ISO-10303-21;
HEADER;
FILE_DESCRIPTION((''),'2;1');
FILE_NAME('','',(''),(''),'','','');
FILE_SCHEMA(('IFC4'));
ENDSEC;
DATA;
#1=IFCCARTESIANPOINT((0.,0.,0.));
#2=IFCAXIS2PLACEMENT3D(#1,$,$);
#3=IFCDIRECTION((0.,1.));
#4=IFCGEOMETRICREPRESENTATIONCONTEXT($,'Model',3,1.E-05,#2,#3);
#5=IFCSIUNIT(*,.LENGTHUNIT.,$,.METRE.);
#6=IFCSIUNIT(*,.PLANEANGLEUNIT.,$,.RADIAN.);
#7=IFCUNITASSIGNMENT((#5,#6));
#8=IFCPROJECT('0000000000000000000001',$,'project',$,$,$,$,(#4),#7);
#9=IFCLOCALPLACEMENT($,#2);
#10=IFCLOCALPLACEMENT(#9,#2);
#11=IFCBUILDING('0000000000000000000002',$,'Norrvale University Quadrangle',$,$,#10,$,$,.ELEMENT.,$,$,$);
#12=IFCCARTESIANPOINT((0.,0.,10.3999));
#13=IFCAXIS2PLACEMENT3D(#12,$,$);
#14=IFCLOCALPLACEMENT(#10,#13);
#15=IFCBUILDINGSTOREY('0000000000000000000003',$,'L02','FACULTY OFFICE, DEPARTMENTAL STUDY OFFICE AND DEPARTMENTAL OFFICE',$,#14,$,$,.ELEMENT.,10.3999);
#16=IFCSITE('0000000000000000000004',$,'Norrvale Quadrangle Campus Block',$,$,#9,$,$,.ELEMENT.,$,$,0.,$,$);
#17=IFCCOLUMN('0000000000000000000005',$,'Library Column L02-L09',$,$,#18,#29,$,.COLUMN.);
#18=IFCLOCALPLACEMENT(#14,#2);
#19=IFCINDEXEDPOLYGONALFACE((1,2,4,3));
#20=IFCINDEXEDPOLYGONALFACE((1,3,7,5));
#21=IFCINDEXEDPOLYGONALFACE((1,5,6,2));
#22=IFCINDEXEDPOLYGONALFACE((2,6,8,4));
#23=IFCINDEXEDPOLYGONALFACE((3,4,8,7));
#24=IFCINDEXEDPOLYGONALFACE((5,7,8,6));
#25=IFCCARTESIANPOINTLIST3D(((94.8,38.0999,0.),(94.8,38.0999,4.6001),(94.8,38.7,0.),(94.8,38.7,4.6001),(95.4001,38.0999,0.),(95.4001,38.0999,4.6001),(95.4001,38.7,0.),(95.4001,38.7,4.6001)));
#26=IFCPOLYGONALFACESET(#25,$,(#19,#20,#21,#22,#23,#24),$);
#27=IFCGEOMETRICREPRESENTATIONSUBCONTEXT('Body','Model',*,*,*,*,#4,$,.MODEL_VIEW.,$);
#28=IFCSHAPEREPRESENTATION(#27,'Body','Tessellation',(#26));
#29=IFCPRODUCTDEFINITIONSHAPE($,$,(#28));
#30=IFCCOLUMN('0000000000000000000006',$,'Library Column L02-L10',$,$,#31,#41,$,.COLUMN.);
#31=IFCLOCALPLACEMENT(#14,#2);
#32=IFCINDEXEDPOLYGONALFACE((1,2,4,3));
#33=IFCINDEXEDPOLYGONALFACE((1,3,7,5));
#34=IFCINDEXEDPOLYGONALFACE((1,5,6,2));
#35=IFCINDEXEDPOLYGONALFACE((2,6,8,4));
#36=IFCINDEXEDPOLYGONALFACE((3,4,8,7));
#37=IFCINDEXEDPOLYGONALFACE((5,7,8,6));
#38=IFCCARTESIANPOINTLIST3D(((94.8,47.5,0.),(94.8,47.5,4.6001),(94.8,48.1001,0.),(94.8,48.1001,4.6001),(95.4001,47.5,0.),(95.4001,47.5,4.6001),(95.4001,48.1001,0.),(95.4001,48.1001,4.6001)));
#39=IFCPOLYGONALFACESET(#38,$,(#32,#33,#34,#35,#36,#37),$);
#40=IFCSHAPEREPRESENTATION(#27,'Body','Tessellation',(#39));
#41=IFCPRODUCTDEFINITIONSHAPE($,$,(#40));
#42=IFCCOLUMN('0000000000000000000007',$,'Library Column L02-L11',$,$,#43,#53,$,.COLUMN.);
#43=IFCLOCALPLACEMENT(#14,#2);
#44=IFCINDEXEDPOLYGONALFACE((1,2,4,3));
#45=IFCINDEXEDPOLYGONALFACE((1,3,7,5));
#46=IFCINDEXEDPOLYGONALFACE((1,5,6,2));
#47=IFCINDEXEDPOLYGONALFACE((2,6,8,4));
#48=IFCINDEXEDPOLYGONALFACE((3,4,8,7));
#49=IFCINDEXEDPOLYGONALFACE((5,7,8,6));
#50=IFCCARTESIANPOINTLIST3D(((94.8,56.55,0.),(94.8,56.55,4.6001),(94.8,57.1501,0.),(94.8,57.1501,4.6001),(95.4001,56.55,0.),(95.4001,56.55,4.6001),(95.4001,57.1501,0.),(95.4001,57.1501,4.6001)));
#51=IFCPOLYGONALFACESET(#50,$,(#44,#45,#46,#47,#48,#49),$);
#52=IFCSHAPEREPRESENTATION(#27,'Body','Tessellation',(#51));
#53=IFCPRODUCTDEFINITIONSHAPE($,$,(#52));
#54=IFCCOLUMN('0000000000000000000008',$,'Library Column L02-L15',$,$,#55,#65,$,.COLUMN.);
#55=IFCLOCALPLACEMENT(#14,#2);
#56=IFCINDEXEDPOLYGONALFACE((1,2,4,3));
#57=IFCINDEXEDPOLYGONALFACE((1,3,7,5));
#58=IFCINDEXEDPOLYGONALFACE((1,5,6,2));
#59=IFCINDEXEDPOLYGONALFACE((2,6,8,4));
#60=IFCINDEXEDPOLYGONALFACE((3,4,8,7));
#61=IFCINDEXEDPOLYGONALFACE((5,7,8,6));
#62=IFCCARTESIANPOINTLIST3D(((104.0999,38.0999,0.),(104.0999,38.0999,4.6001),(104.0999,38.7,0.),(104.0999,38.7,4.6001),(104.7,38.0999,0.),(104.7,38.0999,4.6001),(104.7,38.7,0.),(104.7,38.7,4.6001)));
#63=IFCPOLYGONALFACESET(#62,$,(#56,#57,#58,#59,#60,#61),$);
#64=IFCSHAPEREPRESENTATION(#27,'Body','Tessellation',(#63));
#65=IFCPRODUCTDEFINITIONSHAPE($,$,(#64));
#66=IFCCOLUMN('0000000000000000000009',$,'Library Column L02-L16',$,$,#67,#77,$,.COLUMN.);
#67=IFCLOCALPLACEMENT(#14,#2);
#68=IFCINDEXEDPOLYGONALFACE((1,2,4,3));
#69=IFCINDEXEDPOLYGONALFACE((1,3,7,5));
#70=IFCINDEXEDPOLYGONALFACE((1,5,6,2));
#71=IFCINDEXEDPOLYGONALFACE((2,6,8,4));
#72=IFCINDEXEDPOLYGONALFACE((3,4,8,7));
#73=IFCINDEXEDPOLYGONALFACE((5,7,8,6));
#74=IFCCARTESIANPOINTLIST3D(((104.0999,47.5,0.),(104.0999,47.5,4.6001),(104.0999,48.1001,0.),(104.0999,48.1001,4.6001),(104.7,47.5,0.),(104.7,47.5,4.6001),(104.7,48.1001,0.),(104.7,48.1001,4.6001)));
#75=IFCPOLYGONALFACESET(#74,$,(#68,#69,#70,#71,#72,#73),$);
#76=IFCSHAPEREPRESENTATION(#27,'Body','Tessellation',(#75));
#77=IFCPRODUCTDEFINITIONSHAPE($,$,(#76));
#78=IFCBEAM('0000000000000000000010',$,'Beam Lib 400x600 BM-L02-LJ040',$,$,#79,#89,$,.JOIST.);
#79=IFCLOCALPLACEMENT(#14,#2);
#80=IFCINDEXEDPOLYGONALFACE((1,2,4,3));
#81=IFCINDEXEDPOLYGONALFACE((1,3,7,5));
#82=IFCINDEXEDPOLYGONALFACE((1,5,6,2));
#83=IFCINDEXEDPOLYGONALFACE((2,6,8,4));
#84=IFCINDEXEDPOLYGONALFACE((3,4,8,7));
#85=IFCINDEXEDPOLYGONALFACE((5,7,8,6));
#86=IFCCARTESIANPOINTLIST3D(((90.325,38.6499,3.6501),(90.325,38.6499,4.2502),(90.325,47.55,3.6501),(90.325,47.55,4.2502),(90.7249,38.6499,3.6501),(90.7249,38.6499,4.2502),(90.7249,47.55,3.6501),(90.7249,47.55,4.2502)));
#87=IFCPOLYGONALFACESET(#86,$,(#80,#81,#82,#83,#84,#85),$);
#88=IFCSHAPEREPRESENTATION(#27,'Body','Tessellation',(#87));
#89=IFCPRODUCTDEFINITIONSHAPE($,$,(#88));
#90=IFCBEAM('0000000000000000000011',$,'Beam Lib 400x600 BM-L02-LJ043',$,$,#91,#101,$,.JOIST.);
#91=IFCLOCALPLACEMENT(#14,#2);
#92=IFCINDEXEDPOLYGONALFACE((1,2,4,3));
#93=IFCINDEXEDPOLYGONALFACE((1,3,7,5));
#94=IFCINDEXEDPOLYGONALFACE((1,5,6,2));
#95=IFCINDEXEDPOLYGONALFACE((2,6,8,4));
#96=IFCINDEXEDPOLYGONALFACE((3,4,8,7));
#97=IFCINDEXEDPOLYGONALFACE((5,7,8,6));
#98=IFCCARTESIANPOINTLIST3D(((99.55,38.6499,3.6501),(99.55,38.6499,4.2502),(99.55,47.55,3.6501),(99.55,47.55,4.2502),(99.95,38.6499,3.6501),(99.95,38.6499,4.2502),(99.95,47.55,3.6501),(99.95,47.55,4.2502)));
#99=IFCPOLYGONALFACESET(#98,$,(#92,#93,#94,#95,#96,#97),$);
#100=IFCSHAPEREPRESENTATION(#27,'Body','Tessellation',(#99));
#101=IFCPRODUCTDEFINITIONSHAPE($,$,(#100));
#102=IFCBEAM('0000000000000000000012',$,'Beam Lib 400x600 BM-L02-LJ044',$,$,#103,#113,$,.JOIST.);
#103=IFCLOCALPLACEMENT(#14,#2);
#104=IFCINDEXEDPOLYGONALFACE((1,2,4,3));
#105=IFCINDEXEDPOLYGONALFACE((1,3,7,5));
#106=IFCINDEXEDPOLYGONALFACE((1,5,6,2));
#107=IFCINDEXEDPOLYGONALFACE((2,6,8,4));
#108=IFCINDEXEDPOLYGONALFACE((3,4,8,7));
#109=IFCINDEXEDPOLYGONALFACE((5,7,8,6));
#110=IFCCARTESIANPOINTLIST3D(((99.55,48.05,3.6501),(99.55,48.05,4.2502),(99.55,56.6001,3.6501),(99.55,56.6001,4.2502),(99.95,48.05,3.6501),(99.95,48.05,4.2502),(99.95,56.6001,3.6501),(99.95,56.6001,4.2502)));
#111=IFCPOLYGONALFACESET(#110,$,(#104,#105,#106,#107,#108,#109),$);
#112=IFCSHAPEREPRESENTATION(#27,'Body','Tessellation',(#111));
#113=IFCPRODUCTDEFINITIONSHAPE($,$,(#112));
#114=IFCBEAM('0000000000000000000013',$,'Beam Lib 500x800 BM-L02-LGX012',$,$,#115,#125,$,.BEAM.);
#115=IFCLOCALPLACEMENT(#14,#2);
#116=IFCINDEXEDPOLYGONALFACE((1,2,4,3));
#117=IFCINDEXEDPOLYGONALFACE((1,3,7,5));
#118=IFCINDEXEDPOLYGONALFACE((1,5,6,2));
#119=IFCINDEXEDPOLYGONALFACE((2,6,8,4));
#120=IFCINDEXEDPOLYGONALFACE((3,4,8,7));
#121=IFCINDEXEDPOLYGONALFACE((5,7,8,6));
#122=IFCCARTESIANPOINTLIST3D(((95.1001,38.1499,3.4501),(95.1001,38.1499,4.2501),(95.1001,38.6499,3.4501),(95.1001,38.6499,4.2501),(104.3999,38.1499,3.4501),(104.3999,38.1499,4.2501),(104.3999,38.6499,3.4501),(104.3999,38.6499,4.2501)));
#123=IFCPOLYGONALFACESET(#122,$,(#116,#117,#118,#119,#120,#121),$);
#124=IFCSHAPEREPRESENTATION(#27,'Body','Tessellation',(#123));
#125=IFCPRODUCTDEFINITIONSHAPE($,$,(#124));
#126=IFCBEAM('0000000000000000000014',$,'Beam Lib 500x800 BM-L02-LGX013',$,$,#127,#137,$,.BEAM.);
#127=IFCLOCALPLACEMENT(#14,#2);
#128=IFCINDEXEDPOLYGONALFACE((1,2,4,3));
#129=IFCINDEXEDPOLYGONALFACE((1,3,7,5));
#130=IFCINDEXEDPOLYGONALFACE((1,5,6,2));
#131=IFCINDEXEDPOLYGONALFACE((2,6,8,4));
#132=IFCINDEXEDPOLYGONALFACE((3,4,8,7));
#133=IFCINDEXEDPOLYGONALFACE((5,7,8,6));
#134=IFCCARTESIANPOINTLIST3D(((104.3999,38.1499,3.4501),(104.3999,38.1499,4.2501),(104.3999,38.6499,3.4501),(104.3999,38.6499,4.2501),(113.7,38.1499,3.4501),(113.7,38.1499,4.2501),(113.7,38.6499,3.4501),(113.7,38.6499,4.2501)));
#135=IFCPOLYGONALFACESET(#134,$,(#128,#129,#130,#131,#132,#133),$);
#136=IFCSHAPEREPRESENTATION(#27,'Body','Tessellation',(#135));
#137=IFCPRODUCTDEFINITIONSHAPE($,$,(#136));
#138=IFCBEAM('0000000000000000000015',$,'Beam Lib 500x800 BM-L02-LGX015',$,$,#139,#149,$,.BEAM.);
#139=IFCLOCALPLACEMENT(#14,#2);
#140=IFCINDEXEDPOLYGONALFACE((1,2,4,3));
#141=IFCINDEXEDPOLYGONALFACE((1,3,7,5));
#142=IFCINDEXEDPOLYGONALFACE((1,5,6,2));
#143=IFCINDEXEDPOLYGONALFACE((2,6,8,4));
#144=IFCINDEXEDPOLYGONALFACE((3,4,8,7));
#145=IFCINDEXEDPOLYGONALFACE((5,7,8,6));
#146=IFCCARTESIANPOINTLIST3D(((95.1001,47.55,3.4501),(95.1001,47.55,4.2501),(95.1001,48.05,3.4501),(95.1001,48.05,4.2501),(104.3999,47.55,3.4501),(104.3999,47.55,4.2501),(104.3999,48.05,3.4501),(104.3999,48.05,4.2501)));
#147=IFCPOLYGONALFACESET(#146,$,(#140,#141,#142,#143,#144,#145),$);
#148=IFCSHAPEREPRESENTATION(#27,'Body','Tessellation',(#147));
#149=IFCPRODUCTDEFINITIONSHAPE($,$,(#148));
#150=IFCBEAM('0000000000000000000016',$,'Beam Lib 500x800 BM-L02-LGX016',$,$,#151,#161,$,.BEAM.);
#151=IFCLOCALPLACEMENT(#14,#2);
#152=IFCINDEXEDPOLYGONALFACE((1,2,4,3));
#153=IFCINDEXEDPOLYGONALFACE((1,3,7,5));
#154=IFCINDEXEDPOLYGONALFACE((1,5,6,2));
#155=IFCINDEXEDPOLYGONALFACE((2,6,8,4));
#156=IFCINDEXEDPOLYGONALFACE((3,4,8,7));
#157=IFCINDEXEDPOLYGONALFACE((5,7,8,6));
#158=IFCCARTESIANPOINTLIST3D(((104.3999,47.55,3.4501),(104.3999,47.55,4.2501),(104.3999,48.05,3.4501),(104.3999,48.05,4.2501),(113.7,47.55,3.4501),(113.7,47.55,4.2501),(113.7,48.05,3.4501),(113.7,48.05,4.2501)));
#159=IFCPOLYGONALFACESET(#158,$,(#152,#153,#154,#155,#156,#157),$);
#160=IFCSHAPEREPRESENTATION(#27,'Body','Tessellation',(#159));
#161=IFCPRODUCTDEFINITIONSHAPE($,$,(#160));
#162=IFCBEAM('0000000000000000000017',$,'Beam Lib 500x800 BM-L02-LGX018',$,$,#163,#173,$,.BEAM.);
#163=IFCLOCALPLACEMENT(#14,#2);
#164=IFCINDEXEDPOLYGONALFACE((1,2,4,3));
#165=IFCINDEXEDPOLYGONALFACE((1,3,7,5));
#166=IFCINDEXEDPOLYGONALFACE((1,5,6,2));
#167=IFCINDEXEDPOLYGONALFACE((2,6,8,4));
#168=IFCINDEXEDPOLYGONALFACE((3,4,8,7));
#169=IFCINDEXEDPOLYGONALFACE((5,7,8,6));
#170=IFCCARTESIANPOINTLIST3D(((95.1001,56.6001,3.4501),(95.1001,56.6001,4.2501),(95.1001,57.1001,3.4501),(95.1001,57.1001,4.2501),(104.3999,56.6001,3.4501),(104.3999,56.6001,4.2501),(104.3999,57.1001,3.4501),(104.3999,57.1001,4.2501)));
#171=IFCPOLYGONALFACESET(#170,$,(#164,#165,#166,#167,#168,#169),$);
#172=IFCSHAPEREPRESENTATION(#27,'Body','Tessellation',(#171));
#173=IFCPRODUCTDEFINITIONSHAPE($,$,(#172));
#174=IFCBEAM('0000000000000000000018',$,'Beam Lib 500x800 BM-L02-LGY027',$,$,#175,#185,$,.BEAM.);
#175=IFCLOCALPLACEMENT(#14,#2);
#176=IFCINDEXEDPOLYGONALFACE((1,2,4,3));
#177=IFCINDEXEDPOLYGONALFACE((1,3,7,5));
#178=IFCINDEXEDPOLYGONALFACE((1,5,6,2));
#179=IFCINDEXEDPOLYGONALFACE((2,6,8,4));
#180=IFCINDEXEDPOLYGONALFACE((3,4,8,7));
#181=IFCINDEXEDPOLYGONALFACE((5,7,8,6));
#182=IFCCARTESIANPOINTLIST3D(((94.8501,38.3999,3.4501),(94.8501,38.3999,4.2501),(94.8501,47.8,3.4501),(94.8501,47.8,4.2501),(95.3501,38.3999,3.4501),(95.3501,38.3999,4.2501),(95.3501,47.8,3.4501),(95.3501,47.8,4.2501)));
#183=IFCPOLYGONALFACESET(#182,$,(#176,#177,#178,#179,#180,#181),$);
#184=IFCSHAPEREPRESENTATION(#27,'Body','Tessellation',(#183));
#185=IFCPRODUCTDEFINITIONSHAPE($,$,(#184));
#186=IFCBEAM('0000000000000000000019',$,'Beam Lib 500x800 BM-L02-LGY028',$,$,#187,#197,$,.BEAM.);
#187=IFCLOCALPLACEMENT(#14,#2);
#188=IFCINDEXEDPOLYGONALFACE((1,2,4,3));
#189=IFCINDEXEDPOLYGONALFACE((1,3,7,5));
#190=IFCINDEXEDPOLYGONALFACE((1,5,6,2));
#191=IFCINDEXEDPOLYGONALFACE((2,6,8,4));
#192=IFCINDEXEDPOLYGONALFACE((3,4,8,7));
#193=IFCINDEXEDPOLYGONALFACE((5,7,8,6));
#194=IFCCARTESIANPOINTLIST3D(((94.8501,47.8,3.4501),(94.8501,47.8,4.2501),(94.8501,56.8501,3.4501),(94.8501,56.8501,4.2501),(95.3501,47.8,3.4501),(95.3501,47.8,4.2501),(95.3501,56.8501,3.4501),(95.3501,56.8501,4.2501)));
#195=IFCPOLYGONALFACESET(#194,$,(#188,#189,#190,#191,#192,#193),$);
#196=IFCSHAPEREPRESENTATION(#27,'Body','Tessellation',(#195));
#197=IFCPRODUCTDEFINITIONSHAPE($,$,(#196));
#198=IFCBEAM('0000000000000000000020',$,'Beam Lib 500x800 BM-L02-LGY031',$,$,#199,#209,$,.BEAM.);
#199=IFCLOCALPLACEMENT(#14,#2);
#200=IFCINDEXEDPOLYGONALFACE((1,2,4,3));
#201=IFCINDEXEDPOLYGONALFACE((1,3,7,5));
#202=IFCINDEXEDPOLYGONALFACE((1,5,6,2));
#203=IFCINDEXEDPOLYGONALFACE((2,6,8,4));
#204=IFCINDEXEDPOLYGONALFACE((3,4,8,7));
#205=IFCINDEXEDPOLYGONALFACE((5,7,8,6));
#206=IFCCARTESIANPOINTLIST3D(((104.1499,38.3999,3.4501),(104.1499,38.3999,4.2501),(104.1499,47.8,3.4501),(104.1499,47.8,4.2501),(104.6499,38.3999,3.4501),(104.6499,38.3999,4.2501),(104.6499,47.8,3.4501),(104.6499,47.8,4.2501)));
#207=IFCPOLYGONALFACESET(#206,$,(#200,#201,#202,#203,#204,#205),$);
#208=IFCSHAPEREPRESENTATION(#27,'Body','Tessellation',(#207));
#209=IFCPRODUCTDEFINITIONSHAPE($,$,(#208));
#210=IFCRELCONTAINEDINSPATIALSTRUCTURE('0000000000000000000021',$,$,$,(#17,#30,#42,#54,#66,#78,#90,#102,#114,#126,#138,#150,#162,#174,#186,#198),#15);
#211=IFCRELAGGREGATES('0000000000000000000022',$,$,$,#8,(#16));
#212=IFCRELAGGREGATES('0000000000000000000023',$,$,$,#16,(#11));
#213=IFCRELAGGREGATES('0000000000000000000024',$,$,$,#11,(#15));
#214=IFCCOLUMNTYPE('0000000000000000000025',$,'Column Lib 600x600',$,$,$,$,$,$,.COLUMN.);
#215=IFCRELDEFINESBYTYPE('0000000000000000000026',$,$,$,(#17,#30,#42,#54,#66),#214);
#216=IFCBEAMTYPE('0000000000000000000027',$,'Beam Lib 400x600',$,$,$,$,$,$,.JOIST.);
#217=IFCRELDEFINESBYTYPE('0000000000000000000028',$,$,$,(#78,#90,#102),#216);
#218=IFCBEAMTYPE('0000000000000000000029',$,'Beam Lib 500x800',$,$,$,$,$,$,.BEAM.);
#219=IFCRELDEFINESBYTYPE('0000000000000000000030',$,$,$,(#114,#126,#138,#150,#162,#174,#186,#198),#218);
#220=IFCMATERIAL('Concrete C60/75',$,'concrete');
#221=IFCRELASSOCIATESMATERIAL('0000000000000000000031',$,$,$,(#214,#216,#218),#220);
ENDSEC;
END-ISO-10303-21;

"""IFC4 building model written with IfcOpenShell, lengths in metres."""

from ifc_helpers import new_model, si_unit, direction, frame, origin, origin_2d, place, context, subcontext, project, spatial, rectangle, extrude, material, material_profile, profile_set, type_object, element, save


model = new_model("IFC4")

# Units and contexts
model_context = context("Model", 3, precision=1e-05, world=origin(), true_north=direction((0.0, 1.0)))
body_context = subcontext(model_context, "Body", "Model", "MODEL_VIEW")
ifc_project = project(units=[si_unit("LENGTHUNIT", "METRE"), si_unit("PLANEANGLEUNIT", "RADIAN")], contexts=[model_context])

# Site, building, storey
site_placement = place(None, origin())
site = spatial("IfcSite", under=ifc_project, at=site_placement, Name="Norrvale Quadrangle Campus Block", CompositionType="ELEMENT", RefElevation=0.0)
building_placement = place(site_placement, origin())
building = spatial("IfcBuilding", under=site, at=building_placement, Name="Norrvale University Quadrangle", CompositionType="ELEMENT")
storey_placement = place(building_placement, frame((0.0, 0.0, 10.3999)))
storey = spatial("IfcBuildingStorey", under=building, at=storey_placement, Name="L02", Description="FACULTY OFFICE, DEPARTMENTAL STUDY OFFICE AND DEPARTMENTAL OFFICE", CompositionType="ELEMENT", Elevation=10.3999)

# Columns
ifc_material_1 = material(Name="Concrete C60/75", Category="concrete")
ifc_material_profile_1 = material_profile(ifc_material_1, rectangle(XDim=0.6001, YDim=0.6001, at=origin_2d()), Name="Concrete C60/75")
ifc_profile_set_1 = profile_set([ifc_material_profile_1], Name="Concrete C60/75")
column_type = type_object("IfcColumnType", Name="Column Lib 600x600", PredefinedType="COLUMN", material=ifc_profile_set_1)
for number, where, z_axis, x_axis, name in (
    (1, (95.1001, 38.3999, 0.0), (0.0, 0.0, 1.0), (1.0, 0.0, 0.0), "Library Column L02-L09"),
    (2, (95.1001, 47.8, 0.0), (0.0, 0.0, 1.0), (1.0, 0.0, 0.0), "Library Column L02-L10"),
    (3, (95.1001, 56.8501, 0.0), (0.0, 0.0, 1.0), (1.0, 0.0, 0.0), "Library Column L02-L11"),
    (4, (104.3999, 38.3999, 0.0), (0.0, 0.0, 1.0), (1.0, 0.0, 0.0), "Library Column L02-L15"),
    (5, (104.3999, 47.8, 0.0), (0.0, 0.0, 1.0), (1.0, 0.0, 0.0), "Library Column L02-L16"),
):
    element("IfcColumn", number, at=place(storey_placement, frame(where, z_axis=z_axis, x_axis=x_axis)), inside=storey, type_object=column_type, Name=name, PredefinedType="COLUMN", context=body_context, shape_type="SweptSolid", body=[
        extrude(rectangle(XDim=0.6001, YDim=0.6001, at=origin_2d()), origin(), (0.0, 0.0, 1.0), 4.6001),
    ])

# Beams
ifc_material_profile_2 = material_profile(ifc_material_1, rectangle(XDim=0.3999, YDim=0.6001, at=origin_2d()), Name="Concrete C60/75")
ifc_profile_set_2 = profile_set([ifc_material_profile_2], Name="Concrete C60/75")
beam_type_1 = type_object("IfcBeamType", Name="Beam Lib 400x600", PredefinedType="JOIST", material=ifc_profile_set_2)
for number, where, z_axis, x_axis, name in (
    (6, (90.5249, 38.6499, 3.9502), (0.0, 1.0, 0.0), (-1.0, 0.0, 0.0), "Beam Lib 400x600 BM-L02-LJ040"),
    (7, (99.75, 38.6499, 3.9502), (0.0, 1.0, 0.0), (-1.0, 0.0, 0.0), "Beam Lib 400x600 BM-L02-LJ043"),
):
    element("IfcBeam", number, at=place(storey_placement, frame(where, z_axis=z_axis, x_axis=x_axis)), inside=storey, type_object=beam_type_1, Name=name, PredefinedType="JOIST", context=body_context, shape_type="SweptSolid", body=[
        extrude(rectangle(XDim=0.3999, YDim=0.6001, at=origin_2d()), origin(), (0.0, 0.0, 1.0), 8.9001),
    ])
beam_1_placement = place(storey_placement, frame((99.75, 48.05, 3.9502), z_axis=(0.0, 1.0, 0.0), x_axis=(-1.0, 0.0, 0.0)))
element("IfcBeam", 8, at=beam_1_placement, inside=storey, type_object=beam_type_1, Name="Beam Lib 400x600 BM-L02-LJ044", PredefinedType="JOIST", context=body_context, shape_type="SweptSolid", body=[
    extrude(rectangle(XDim=0.3999, YDim=0.6001, at=origin_2d()), origin(), (0.0, 0.0, 1.0), 8.55),
])
ifc_material_profile_3 = material_profile(ifc_material_1, rectangle(XDim=0.5, YDim=0.8, at=origin_2d()), Name="Concrete C60/75")
ifc_profile_set_3 = profile_set([ifc_material_profile_3], Name="Concrete C60/75")
beam_type_2 = type_object("IfcBeamType", Name="Beam Lib 500x800", PredefinedType="BEAM", material=ifc_profile_set_3)
beam_2_placement = place(storey_placement, frame((95.1001, 38.3999, 3.8501), z_axis=(1.0, 0.0, 0.0), x_axis=(0.0, 1.0, 0.0)))
element("IfcBeam", 9, at=beam_2_placement, inside=storey, type_object=beam_type_2, Name="Beam Lib 500x800 BM-L02-LGX012", PredefinedType="BEAM", context=body_context, shape_type="SweptSolid", body=[
    extrude(rectangle(XDim=0.5, YDim=0.8, at=origin_2d()), origin(), (0.0, 0.0, 1.0), 9.2998),
])
beam_3_placement = place(storey_placement, frame((104.3999, 38.3999, 3.8501), z_axis=(1.0, 0.0, 0.0), x_axis=(0.0, 1.0, 0.0)))
element("IfcBeam", 10, at=beam_3_placement, inside=storey, type_object=beam_type_2, Name="Beam Lib 500x800 BM-L02-LGX013", PredefinedType="BEAM", context=body_context, shape_type="SweptSolid", body=[
    extrude(rectangle(XDim=0.5, YDim=0.8, at=origin_2d()), origin(), (0.0, 0.0, 1.0), 9.3),
])
beam_4_placement = place(storey_placement, frame((95.1001, 47.8, 3.8501), z_axis=(1.0, 0.0, 0.0), x_axis=(0.0, 1.0, 0.0)))
element("IfcBeam", 11, at=beam_4_placement, inside=storey, type_object=beam_type_2, Name="Beam Lib 500x800 BM-L02-LGX015", PredefinedType="BEAM", context=body_context, shape_type="SweptSolid", body=[
    extrude(rectangle(XDim=0.5, YDim=0.8, at=origin_2d()), origin(), (0.0, 0.0, 1.0), 9.2998),
])
beam_5_placement = place(storey_placement, frame((104.3999, 47.8, 3.8501), z_axis=(1.0, 0.0, 0.0), x_axis=(0.0, 1.0, 0.0)))
element("IfcBeam", 12, at=beam_5_placement, inside=storey, type_object=beam_type_2, Name="Beam Lib 500x800 BM-L02-LGX016", PredefinedType="BEAM", context=body_context, shape_type="SweptSolid", body=[
    extrude(rectangle(XDim=0.5, YDim=0.8, at=origin_2d()), origin(), (0.0, 0.0, 1.0), 9.3),
])
beam_6_placement = place(storey_placement, frame((95.1001, 56.8501, 3.8501), z_axis=(1.0, 0.0, 0.0), x_axis=(0.0, 1.0, 0.0)))
element("IfcBeam", 13, at=beam_6_placement, inside=storey, type_object=beam_type_2, Name="Beam Lib 500x800 BM-L02-LGX018", PredefinedType="BEAM", context=body_context, shape_type="SweptSolid", body=[
    extrude(rectangle(XDim=0.5, YDim=0.8, at=origin_2d()), origin(), (0.0, 0.0, 1.0), 9.2998),
])
beam_7_placement = place(storey_placement, frame((95.1001, 38.3999, 3.8501), z_axis=(0.0, 1.0, 0.0), x_axis=(-1.0, 0.0, 0.0)))
element("IfcBeam", 14, at=beam_7_placement, inside=storey, type_object=beam_type_2, Name="Beam Lib 500x800 BM-L02-LGY027", PredefinedType="BEAM", context=body_context, shape_type="SweptSolid", body=[
    extrude(rectangle(XDim=0.5, YDim=0.8, at=origin_2d()), origin(), (0.0, 0.0, 1.0), 9.4001),
])
beam_8_placement = place(storey_placement, frame((95.1001, 47.8, 3.8501), z_axis=(0.0, 1.0, 0.0), x_axis=(-1.0, 0.0, 0.0)))
element("IfcBeam", 15, at=beam_8_placement, inside=storey, type_object=beam_type_2, Name="Beam Lib 500x800 BM-L02-LGY028", PredefinedType="BEAM", context=body_context, shape_type="SweptSolid", body=[
    extrude(rectangle(XDim=0.5, YDim=0.8, at=origin_2d()), origin(), (0.0, 0.0, 1.0), 9.05),
])
beam_9_placement = place(storey_placement, frame((104.3999, 38.3999, 3.8501), z_axis=(0.0, 1.0, 0.0), x_axis=(-1.0, 0.0, 0.0)))
element("IfcBeam", 16, at=beam_9_placement, inside=storey, type_object=beam_type_2, Name="Beam Lib 500x800 BM-L02-LGY031", PredefinedType="BEAM", context=body_context, shape_type="SweptSolid", body=[
    extrude(rectangle(XDim=0.5, YDim=0.8, at=origin_2d()), origin(), (0.0, 0.0, 1.0), 9.4001),
])

save(model, "model.ifc")
